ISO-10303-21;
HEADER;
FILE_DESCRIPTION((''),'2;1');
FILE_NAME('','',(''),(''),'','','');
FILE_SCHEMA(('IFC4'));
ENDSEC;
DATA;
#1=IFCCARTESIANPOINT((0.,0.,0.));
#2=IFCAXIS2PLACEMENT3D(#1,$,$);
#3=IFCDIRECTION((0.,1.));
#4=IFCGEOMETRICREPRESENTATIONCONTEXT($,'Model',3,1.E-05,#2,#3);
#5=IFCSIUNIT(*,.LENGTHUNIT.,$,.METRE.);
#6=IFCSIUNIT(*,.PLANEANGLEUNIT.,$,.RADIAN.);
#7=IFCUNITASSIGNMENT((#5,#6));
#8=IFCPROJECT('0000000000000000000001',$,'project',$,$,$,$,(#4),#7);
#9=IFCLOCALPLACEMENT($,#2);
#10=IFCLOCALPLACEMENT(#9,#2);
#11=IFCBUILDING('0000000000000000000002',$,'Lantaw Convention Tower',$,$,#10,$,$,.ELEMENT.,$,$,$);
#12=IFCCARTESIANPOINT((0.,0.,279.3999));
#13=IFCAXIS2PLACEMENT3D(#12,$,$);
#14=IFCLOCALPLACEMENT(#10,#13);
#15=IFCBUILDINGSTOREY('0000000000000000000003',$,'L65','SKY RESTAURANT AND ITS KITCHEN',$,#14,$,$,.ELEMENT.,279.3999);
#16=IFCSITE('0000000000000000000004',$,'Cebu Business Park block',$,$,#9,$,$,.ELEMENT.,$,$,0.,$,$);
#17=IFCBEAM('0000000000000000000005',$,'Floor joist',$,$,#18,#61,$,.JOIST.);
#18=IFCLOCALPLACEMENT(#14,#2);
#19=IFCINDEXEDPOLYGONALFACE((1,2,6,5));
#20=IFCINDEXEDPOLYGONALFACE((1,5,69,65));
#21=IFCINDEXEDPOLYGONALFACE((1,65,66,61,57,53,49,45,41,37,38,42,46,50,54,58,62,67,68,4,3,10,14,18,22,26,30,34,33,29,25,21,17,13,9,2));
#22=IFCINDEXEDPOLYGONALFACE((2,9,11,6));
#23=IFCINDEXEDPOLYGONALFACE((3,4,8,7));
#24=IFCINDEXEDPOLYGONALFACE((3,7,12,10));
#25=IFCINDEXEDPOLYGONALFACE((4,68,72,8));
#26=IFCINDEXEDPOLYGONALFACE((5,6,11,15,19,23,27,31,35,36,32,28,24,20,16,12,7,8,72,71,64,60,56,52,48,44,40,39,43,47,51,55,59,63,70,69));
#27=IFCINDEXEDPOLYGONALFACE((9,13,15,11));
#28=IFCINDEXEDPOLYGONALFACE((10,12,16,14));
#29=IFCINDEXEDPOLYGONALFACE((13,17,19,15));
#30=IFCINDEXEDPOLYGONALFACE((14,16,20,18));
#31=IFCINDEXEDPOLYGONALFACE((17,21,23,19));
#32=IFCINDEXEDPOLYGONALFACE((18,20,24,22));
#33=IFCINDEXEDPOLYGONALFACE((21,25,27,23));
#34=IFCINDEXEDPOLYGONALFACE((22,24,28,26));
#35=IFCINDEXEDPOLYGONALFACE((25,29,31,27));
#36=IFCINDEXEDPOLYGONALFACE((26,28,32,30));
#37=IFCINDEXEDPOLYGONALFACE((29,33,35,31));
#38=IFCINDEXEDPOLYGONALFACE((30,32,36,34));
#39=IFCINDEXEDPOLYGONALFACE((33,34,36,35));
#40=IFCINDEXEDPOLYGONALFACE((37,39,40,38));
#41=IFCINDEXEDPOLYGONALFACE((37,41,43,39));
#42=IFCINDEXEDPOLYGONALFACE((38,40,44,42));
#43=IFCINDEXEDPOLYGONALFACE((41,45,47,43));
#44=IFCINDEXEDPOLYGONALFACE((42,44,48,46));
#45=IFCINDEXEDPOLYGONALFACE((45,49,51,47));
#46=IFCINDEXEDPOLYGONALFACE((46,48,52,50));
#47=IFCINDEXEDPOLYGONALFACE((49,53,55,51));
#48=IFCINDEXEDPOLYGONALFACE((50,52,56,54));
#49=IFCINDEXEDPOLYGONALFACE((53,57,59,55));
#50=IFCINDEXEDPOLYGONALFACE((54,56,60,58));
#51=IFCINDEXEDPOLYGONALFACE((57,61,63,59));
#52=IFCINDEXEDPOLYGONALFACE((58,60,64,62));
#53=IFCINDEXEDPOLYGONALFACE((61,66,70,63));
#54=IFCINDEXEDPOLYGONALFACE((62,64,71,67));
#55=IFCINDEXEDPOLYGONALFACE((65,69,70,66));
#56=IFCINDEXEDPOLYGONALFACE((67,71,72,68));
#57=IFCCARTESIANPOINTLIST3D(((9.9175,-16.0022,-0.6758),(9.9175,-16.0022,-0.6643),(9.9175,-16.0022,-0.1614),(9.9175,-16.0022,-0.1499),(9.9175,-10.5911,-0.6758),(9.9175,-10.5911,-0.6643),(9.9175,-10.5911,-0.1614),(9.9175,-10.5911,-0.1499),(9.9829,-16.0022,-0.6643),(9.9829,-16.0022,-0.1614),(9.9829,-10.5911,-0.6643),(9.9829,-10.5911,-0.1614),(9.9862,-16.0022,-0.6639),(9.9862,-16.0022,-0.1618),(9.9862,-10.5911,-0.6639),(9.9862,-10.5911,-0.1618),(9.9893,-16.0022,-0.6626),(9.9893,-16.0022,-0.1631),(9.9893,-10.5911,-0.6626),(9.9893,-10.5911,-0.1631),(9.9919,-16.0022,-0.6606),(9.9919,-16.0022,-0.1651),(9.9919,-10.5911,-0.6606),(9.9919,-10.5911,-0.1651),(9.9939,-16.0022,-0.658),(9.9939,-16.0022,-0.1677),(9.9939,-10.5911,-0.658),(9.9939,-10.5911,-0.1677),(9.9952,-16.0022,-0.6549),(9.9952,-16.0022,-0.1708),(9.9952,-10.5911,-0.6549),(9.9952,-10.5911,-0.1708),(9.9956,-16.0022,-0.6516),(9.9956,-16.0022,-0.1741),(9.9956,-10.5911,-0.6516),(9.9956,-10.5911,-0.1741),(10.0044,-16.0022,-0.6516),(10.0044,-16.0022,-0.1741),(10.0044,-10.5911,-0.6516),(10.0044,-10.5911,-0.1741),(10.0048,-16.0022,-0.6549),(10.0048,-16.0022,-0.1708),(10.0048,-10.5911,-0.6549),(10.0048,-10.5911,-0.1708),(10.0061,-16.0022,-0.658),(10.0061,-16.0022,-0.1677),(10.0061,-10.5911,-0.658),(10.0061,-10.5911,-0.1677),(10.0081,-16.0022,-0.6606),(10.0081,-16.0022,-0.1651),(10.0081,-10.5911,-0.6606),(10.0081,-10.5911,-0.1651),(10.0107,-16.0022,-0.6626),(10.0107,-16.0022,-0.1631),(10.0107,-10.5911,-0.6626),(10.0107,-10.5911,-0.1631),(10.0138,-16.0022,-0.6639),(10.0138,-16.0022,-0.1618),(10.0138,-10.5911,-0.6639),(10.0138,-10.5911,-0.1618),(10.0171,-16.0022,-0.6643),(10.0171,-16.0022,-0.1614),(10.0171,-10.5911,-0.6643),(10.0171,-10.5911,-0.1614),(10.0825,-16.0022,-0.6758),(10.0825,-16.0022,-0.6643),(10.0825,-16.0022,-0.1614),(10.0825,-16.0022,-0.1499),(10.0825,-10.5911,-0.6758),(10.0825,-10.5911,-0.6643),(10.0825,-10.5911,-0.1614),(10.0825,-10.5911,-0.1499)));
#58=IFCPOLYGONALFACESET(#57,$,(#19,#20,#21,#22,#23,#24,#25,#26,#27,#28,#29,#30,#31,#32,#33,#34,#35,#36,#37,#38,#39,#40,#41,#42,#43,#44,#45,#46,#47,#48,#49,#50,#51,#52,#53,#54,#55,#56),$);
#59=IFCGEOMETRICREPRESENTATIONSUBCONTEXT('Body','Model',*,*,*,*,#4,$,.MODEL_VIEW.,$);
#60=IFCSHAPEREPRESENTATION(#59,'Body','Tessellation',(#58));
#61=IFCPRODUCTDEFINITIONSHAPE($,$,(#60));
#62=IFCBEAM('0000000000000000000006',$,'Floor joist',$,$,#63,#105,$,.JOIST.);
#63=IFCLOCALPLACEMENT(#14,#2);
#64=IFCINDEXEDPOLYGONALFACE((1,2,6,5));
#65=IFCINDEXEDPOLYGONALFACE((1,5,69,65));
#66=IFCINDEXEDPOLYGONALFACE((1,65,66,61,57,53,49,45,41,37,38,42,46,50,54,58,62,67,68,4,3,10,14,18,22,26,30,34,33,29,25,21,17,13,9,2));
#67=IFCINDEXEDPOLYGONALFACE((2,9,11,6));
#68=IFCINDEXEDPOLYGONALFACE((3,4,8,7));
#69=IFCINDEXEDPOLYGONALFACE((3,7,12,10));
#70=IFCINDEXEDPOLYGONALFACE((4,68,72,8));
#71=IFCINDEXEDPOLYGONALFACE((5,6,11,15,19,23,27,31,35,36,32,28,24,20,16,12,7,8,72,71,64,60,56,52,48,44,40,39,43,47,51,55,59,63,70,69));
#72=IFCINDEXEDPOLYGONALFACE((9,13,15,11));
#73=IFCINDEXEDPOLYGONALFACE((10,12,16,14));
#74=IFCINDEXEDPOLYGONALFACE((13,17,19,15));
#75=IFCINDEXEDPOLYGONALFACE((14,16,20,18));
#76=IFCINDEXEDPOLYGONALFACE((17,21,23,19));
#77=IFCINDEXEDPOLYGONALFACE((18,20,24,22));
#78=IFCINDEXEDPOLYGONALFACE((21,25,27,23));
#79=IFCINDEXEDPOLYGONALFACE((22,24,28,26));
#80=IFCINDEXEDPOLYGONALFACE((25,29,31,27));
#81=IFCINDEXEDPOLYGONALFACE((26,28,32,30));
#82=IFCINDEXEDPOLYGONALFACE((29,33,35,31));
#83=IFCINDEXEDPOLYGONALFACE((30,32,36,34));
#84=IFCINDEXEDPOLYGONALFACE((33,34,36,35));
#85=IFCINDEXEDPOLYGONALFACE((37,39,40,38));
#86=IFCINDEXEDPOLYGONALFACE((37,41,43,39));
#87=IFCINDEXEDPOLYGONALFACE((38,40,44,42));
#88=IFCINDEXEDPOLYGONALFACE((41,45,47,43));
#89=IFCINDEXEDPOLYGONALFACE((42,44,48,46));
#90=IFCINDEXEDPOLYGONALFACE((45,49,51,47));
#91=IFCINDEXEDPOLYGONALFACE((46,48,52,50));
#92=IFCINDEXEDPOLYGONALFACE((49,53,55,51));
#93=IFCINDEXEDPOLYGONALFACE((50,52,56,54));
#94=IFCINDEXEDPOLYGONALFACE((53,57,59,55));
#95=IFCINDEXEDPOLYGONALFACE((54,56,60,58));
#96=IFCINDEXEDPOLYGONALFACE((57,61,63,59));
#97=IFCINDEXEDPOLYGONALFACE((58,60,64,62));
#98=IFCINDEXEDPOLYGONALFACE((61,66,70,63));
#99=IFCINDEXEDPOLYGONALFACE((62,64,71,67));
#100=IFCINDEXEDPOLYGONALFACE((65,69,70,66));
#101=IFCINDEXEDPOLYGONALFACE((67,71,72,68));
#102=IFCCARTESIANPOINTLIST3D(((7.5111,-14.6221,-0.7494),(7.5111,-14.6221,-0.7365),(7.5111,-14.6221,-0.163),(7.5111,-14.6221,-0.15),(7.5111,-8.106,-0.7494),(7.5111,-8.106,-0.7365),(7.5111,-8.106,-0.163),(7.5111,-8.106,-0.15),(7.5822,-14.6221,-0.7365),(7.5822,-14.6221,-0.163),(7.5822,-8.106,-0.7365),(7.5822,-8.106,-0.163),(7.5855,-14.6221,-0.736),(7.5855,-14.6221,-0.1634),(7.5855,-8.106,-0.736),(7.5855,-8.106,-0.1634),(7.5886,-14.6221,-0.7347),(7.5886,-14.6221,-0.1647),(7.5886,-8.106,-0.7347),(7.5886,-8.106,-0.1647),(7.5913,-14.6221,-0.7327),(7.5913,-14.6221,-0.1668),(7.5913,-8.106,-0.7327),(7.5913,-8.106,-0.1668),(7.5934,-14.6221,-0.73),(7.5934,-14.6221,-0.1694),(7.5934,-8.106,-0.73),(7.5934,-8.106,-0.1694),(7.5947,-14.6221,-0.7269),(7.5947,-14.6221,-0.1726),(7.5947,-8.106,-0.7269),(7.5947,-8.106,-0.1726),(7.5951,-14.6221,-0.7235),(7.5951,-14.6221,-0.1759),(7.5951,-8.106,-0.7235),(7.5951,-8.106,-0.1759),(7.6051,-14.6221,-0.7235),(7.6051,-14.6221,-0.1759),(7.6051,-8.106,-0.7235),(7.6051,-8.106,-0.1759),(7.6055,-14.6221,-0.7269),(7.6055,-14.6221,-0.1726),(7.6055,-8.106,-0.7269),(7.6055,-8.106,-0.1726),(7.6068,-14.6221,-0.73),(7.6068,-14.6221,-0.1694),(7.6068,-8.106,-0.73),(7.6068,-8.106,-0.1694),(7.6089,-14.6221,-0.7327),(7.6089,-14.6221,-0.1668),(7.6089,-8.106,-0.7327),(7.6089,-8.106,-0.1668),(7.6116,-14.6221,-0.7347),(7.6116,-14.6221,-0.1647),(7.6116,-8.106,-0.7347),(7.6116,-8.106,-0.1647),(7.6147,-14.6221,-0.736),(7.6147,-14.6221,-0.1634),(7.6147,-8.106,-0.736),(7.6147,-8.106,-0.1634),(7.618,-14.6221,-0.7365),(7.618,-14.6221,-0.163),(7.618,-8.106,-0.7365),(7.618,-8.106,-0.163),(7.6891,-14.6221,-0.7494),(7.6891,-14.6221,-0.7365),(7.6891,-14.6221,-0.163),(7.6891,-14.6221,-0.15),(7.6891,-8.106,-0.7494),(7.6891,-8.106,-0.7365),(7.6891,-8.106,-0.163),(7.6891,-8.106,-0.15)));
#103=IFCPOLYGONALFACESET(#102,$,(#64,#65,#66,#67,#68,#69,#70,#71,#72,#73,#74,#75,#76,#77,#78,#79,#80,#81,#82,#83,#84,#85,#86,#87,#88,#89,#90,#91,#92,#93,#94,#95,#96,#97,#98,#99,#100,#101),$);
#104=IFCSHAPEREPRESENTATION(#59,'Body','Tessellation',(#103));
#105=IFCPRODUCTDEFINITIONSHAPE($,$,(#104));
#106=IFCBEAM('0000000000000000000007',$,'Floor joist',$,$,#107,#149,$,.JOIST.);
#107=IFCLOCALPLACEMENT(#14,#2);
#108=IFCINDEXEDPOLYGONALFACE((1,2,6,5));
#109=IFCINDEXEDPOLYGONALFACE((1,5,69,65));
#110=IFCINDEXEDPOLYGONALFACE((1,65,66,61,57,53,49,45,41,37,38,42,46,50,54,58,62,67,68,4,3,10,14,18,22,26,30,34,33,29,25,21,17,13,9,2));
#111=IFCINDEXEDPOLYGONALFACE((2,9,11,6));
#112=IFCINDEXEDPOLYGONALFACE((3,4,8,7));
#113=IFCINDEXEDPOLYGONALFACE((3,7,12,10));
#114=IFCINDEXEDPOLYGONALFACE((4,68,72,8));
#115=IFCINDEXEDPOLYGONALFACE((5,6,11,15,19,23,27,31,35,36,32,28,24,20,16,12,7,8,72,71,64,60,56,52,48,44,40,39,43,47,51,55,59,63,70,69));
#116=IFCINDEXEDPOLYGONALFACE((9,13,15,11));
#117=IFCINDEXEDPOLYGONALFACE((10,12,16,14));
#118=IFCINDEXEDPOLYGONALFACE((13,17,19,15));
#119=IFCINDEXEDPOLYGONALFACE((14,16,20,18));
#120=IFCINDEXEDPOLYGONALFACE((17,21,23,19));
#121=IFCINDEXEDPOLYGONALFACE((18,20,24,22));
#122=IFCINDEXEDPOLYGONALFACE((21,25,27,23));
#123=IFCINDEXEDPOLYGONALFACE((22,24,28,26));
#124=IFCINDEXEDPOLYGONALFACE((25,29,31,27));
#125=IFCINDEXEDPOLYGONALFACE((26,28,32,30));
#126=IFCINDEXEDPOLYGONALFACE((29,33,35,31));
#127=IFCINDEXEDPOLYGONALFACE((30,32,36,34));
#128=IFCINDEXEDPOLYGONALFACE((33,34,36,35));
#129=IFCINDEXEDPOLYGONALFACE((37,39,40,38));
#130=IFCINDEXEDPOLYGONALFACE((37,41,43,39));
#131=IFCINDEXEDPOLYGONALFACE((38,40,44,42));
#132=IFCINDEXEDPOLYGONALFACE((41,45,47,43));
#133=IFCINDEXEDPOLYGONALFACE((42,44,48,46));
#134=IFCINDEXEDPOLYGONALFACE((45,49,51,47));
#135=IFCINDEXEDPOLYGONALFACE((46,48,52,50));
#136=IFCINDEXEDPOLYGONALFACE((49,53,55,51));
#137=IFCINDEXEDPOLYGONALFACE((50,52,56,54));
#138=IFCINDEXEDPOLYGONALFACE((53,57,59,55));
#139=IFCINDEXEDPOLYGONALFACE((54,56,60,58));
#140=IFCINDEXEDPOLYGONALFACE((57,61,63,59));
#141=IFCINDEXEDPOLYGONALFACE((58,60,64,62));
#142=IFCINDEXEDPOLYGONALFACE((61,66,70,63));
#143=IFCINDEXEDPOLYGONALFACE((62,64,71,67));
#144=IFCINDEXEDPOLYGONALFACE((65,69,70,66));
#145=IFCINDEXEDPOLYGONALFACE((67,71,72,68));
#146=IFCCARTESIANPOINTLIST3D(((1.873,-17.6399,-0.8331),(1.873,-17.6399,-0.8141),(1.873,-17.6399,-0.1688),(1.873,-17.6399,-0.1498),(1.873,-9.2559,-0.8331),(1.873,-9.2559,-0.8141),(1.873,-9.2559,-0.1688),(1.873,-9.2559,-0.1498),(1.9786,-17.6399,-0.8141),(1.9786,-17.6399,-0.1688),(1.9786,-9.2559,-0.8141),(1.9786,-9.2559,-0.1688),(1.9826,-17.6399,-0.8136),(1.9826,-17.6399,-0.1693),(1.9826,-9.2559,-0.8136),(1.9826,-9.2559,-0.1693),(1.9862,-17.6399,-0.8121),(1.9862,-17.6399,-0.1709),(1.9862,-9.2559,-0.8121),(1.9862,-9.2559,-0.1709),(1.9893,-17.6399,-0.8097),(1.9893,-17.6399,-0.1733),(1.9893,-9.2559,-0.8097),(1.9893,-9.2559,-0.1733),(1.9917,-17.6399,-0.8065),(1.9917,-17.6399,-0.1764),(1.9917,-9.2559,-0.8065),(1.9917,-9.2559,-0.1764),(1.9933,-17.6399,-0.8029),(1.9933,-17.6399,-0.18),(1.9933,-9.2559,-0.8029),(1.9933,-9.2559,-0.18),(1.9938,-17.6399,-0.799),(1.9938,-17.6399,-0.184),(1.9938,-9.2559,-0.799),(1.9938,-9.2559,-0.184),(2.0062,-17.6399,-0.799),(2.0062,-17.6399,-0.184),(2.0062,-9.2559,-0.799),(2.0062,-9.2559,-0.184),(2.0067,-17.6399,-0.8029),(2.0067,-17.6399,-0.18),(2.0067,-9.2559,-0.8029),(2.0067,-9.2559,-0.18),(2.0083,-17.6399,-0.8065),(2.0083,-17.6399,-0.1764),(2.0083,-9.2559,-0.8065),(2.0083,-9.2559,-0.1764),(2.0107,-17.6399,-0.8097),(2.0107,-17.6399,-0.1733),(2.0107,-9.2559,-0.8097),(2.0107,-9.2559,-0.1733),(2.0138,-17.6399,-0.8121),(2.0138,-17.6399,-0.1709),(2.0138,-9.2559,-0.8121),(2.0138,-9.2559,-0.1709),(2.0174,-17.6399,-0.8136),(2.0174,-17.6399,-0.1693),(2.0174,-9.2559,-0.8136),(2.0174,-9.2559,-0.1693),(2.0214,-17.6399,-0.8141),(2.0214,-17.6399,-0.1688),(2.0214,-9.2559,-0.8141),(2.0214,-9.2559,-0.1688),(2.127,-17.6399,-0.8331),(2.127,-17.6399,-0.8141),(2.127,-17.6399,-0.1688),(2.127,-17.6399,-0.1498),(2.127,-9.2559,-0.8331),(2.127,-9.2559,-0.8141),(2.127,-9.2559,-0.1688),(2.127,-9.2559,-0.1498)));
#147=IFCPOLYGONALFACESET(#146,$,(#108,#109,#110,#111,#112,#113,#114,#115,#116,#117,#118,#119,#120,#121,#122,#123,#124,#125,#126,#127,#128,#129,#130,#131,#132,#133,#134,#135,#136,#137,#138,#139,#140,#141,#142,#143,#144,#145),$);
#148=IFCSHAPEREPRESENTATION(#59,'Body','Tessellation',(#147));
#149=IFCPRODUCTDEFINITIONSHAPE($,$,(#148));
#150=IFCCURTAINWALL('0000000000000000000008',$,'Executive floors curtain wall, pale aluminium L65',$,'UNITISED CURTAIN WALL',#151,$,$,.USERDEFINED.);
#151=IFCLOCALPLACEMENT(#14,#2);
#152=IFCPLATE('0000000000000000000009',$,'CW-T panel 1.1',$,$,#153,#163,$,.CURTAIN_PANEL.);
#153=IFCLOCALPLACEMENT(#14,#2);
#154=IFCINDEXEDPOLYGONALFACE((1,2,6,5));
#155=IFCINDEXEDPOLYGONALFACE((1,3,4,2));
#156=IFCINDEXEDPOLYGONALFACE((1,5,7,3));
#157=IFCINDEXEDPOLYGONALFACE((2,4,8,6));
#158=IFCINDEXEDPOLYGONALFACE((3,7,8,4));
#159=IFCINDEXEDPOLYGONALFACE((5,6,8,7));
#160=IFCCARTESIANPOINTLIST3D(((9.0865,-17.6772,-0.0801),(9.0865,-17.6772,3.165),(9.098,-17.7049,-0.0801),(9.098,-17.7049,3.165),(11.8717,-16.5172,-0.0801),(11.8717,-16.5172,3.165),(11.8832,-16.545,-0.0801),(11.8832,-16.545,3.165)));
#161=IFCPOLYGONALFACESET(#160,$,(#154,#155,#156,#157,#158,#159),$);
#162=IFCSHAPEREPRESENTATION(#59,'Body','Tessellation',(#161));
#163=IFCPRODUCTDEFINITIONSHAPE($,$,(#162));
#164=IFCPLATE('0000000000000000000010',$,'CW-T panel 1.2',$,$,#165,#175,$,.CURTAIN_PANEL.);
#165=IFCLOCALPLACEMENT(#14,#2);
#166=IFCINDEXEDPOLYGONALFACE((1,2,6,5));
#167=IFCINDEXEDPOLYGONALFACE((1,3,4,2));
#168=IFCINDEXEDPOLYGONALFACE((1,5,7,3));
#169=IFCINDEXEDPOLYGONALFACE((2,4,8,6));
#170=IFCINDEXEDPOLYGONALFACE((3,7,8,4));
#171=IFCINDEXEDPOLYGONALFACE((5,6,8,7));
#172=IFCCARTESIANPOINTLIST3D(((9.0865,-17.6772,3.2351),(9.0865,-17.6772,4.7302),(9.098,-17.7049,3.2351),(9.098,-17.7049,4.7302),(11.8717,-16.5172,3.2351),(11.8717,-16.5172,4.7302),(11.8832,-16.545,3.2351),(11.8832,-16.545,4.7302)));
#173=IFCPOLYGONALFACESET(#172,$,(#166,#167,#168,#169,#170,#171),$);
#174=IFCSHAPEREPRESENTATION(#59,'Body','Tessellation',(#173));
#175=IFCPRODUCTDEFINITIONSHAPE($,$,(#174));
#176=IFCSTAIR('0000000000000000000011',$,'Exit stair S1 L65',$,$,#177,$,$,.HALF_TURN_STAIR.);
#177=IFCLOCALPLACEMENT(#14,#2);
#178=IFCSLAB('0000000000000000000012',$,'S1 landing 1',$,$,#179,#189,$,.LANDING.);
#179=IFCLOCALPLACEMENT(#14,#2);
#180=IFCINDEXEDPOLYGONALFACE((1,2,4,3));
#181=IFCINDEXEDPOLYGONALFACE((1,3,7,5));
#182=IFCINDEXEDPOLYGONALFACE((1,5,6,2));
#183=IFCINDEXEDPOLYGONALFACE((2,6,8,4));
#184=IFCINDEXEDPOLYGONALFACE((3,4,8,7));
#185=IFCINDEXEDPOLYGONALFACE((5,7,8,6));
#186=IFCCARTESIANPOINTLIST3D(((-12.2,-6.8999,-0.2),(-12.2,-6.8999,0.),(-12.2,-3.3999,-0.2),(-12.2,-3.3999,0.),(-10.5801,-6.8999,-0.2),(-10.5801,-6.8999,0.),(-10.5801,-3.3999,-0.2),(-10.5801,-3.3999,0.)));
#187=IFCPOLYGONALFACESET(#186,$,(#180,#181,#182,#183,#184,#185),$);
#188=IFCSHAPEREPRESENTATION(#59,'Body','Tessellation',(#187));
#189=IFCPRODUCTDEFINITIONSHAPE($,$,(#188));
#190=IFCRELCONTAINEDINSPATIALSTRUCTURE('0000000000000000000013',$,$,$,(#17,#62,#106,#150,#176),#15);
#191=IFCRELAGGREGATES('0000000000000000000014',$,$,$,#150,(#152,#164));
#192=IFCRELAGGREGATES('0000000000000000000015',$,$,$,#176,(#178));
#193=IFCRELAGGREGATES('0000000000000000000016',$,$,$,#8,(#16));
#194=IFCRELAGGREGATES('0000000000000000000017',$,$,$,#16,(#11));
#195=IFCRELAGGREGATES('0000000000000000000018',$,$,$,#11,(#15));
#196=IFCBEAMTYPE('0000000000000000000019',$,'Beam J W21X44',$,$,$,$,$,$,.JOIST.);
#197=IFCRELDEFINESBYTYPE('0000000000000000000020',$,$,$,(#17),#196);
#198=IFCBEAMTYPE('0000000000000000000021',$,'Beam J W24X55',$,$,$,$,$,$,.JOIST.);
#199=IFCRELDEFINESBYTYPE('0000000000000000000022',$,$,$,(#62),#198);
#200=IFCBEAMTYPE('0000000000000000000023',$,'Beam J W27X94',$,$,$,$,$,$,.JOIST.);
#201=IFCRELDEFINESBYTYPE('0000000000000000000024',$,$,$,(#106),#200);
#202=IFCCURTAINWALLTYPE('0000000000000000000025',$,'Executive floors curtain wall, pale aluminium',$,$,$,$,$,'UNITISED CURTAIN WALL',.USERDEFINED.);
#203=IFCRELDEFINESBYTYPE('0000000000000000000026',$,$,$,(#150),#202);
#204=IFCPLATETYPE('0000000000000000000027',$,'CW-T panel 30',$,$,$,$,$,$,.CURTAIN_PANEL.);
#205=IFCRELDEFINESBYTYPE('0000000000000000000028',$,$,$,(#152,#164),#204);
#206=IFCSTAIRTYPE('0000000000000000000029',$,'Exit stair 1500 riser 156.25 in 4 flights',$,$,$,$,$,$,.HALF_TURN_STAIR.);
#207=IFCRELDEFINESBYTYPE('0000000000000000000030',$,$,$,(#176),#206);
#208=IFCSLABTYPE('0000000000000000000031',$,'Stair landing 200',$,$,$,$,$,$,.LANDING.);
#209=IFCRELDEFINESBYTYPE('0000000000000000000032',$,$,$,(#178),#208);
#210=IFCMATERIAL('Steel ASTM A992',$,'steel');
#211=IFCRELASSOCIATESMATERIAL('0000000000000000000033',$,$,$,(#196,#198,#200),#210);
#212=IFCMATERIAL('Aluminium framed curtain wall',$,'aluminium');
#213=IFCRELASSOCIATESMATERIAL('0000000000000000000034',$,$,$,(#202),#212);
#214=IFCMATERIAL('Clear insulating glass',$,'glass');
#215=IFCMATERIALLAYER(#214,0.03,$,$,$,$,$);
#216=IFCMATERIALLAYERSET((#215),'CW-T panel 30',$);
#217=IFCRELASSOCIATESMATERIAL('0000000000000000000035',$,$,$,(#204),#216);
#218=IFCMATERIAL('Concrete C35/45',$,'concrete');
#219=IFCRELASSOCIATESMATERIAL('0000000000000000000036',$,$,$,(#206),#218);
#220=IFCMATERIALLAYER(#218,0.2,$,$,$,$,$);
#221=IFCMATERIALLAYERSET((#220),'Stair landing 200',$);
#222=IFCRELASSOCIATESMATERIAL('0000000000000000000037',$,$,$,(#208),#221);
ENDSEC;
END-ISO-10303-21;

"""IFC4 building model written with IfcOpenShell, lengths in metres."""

from ifc_helpers import new_model, si_unit, direction, frame, origin, origin_2d, place, context, subcontext, project, spatial, polyline, rectangle, i_section, outline, extrude, material, layer, layer_set, material_profile, profile_set, type_object, element, aggregate, save


model = new_model("IFC4")

# Units and contexts
model_context = context("Model", 3, precision=1e-05, world=origin(), true_north=direction((0.0, 1.0)))
body_context = subcontext(model_context, "Body", "Model", "MODEL_VIEW")
ifc_project = project(units=[si_unit("LENGTHUNIT", "METRE"), si_unit("PLANEANGLEUNIT", "RADIAN")], contexts=[model_context])

# Site, building, storey
site_placement = place(None, origin())
site = spatial("IfcSite", under=ifc_project, at=site_placement, Name="Cebu Business Park block", CompositionType="ELEMENT", RefElevation=0.0)
building_placement = place(site_placement, origin())
building = spatial("IfcBuilding", under=site, at=building_placement, Name="Lantaw Convention Tower", CompositionType="ELEMENT")
storey_placement = place(building_placement, frame((0.0, 0.0, 279.3999)))
storey = spatial("IfcBuildingStorey", under=building, at=storey_placement, Name="L65", Description="SKY RESTAURANT AND ITS KITCHEN", CompositionType="ELEMENT", Elevation=279.3999)

# Beams
ifc_material_1 = material(Name="Steel ASTM A992", Category="steel")
ifc_material_profile_1 = material_profile(ifc_material_1, i_section(OverallWidth=0.165, OverallDepth=0.5259, WebThickness=0.0088, FlangeThickness=0.0115, FilletRadius=0.0127, at=origin_2d()), Name="W21X44")
ifc_profile_set_1 = profile_set([ifc_material_profile_1], Name="Steel ASTM A992")
beam_type_1 = type_object("IfcBeamType", Name="Beam J W21X44", PredefinedType="JOIST", material=ifc_profile_set_1)
beam_1_placement = place(storey_placement, frame((10.0, -16.0022, -0.4128), z_axis=(0.0, 1.0, 0.0), x_axis=(-1.0, 0.0, 0.0)))
element("IfcBeam", 1, at=beam_1_placement, inside=storey, type_object=beam_type_1, Name="Floor joist", PredefinedType="JOIST", context=body_context, shape_type="SweptSolid", body=[
    extrude(i_section(OverallWidth=0.165, OverallDepth=0.5259, WebThickness=0.0088, FlangeThickness=0.0115, FilletRadius=0.0127, at=origin_2d()), origin(), (0.0, 0.0, 1.0), 5.4111),
])
ifc_material_profile_2 = material_profile(ifc_material_1, i_section(OverallWidth=0.178, OverallDepth=0.5994, WebThickness=0.01, FlangeThickness=0.0129, FilletRadius=0.0129, at=origin_2d()), Name="W24X55")
ifc_profile_set_2 = profile_set([ifc_material_profile_2], Name="Steel ASTM A992")
beam_type_2 = type_object("IfcBeamType", Name="Beam J W24X55", PredefinedType="JOIST", material=ifc_profile_set_2)
beam_2_placement = place(storey_placement, frame((7.6001, -14.6221, -0.4497), z_axis=(0.0, 1.0, 0.0), x_axis=(-1.0, 0.0, 0.0)))
element("IfcBeam", 2, at=beam_2_placement, inside=storey, type_object=beam_type_2, Name="Floor joist", PredefinedType="JOIST", context=body_context, shape_type="SweptSolid", body=[
    extrude(i_section(OverallWidth=0.178, OverallDepth=0.5994, WebThickness=0.01, FlangeThickness=0.0129, FilletRadius=0.0129, at=origin_2d()), origin(), (0.0, 0.0, 1.0), 6.5161),
])
ifc_material_profile_3 = material_profile(ifc_material_1, i_section(OverallWidth=0.2539, OverallDepth=0.6833, WebThickness=0.0125, FlangeThickness=0.019, FilletRadius=0.0151, at=origin_2d()), Name="W27X94")
ifc_profile_set_3 = profile_set([ifc_material_profile_3], Name="Steel ASTM A992")
beam_type_3 = type_object("IfcBeamType", Name="Beam J W27X94", PredefinedType="JOIST", material=ifc_profile_set_3)
beam_3_placement = place(storey_placement, frame((2.0, -17.6399, -0.4915), z_axis=(0.0, 1.0, 0.0), x_axis=(-1.0, 0.0, 0.0)))
element("IfcBeam", 3, at=beam_3_placement, inside=storey, type_object=beam_type_3, Name="Floor joist", PredefinedType="JOIST", context=body_context, shape_type="SweptSolid", body=[
    extrude(i_section(OverallWidth=0.2539, OverallDepth=0.6833, WebThickness=0.0125, FlangeThickness=0.019, FilletRadius=0.0151, at=origin_2d()), origin(), (0.0, 0.0, 1.0), 8.384),
])

# Curtain wall, plates
ifc_material_2 = material(Name="Aluminium framed curtain wall", Category="aluminium")
curtain_wall_type = type_object("IfcCurtainWallType", Name="Executive floors curtain wall, pale aluminium", ElementType="UNITISED CURTAIN WALL", PredefinedType="USERDEFINED", material=ifc_material_2)
curtain_wall_placement = place(storey_placement, origin())
curtain_wall = element("IfcCurtainWall", 4, at=curtain_wall_placement, inside=storey, type_object=curtain_wall_type, Name="Executive floors curtain wall, pale aluminium L65", ObjectType="UNITISED CURTAIN WALL", PredefinedType="USERDEFINED")
ifc_material_3 = material(Name="Clear insulating glass", Category="glass")
ifc_layer_1 = layer(ifc_material_3, 0.03)
ifc_layer_set_1 = layer_set([ifc_layer_1], Name="CW-T panel 30")
plate_type = type_object("IfcPlateType", Name="CW-T panel 30", PredefinedType="CURTAIN_PANEL", material=ifc_layer_set_1)
plate_1_placement = place(storey_placement, frame((10.4849, -17.1111, -0.0801), z_axis=(0.0, 0.0, 1.0), x_axis=(0.923142, 0.38446, 0.0)))
plate_1 = element("IfcPlate", 5, at=plate_1_placement, type_object=plate_type, Name="CW-T panel 1.1", PredefinedType="CURTAIN_PANEL", context=body_context, shape_type="SweptSolid", body=[
    extrude(rectangle(XDim=3.0171, YDim=0.03, at=origin_2d()), origin(), (0.0, 0.0, 1.0), 3.2451),
])
plate_2_placement = place(storey_placement, frame((10.4849, -17.1111, 3.2351), z_axis=(0.0, 0.0, 1.0), x_axis=(0.923142, 0.38446, 0.0)))
plate_2 = element("IfcPlate", 6, at=plate_2_placement, type_object=plate_type, Name="CW-T panel 1.2", PredefinedType="CURTAIN_PANEL", context=body_context, shape_type="SweptSolid", body=[
    extrude(rectangle(XDim=3.0171, YDim=0.03, at=origin_2d()), origin(), (0.0, 0.0, 1.0), 1.4951),
])
aggregate(curtain_wall, [plate_1, plate_2])

# Stair, slab
ifc_material_4 = material(Name="Concrete C35/45", Category="concrete")
stair_type = type_object("IfcStairType", Name="Exit stair 1500 riser 156.25 in 4 flights", PredefinedType="HALF_TURN_STAIR", material=ifc_material_4)
stair_placement = place(storey_placement, origin())
stair = element("IfcStair", 7, at=stair_placement, inside=storey, type_object=stair_type, Name="Exit stair S1 L65", PredefinedType="HALF_TURN_STAIR")
ifc_layer_2 = layer(ifc_material_4, 0.2)
ifc_layer_set_2 = layer_set([ifc_layer_2], Name="Stair landing 200")
slab_type = type_object("IfcSlabType", Name="Stair landing 200", PredefinedType="LANDING", material=ifc_layer_set_2)
slab_1_placement = place(storey_placement, frame((0.0, 0.0, -0.2)))
slab_1 = element("IfcSlab", 8, at=slab_1_placement, type_object=slab_type, Name="S1 landing 1", PredefinedType="LANDING", context=body_context, shape_type="SweptSolid", body=[
    extrude(outline(polyline([(-12.2, -6.8999), (-10.5801, -6.8999), (-10.5801, -3.3999), (-12.2, -3.3999), (-12.2, -6.8999)])), origin(), (0.0, 0.0, 1.0), 0.2),
])
aggregate(stair, [slab_1])

save(model, "model.ifc")
